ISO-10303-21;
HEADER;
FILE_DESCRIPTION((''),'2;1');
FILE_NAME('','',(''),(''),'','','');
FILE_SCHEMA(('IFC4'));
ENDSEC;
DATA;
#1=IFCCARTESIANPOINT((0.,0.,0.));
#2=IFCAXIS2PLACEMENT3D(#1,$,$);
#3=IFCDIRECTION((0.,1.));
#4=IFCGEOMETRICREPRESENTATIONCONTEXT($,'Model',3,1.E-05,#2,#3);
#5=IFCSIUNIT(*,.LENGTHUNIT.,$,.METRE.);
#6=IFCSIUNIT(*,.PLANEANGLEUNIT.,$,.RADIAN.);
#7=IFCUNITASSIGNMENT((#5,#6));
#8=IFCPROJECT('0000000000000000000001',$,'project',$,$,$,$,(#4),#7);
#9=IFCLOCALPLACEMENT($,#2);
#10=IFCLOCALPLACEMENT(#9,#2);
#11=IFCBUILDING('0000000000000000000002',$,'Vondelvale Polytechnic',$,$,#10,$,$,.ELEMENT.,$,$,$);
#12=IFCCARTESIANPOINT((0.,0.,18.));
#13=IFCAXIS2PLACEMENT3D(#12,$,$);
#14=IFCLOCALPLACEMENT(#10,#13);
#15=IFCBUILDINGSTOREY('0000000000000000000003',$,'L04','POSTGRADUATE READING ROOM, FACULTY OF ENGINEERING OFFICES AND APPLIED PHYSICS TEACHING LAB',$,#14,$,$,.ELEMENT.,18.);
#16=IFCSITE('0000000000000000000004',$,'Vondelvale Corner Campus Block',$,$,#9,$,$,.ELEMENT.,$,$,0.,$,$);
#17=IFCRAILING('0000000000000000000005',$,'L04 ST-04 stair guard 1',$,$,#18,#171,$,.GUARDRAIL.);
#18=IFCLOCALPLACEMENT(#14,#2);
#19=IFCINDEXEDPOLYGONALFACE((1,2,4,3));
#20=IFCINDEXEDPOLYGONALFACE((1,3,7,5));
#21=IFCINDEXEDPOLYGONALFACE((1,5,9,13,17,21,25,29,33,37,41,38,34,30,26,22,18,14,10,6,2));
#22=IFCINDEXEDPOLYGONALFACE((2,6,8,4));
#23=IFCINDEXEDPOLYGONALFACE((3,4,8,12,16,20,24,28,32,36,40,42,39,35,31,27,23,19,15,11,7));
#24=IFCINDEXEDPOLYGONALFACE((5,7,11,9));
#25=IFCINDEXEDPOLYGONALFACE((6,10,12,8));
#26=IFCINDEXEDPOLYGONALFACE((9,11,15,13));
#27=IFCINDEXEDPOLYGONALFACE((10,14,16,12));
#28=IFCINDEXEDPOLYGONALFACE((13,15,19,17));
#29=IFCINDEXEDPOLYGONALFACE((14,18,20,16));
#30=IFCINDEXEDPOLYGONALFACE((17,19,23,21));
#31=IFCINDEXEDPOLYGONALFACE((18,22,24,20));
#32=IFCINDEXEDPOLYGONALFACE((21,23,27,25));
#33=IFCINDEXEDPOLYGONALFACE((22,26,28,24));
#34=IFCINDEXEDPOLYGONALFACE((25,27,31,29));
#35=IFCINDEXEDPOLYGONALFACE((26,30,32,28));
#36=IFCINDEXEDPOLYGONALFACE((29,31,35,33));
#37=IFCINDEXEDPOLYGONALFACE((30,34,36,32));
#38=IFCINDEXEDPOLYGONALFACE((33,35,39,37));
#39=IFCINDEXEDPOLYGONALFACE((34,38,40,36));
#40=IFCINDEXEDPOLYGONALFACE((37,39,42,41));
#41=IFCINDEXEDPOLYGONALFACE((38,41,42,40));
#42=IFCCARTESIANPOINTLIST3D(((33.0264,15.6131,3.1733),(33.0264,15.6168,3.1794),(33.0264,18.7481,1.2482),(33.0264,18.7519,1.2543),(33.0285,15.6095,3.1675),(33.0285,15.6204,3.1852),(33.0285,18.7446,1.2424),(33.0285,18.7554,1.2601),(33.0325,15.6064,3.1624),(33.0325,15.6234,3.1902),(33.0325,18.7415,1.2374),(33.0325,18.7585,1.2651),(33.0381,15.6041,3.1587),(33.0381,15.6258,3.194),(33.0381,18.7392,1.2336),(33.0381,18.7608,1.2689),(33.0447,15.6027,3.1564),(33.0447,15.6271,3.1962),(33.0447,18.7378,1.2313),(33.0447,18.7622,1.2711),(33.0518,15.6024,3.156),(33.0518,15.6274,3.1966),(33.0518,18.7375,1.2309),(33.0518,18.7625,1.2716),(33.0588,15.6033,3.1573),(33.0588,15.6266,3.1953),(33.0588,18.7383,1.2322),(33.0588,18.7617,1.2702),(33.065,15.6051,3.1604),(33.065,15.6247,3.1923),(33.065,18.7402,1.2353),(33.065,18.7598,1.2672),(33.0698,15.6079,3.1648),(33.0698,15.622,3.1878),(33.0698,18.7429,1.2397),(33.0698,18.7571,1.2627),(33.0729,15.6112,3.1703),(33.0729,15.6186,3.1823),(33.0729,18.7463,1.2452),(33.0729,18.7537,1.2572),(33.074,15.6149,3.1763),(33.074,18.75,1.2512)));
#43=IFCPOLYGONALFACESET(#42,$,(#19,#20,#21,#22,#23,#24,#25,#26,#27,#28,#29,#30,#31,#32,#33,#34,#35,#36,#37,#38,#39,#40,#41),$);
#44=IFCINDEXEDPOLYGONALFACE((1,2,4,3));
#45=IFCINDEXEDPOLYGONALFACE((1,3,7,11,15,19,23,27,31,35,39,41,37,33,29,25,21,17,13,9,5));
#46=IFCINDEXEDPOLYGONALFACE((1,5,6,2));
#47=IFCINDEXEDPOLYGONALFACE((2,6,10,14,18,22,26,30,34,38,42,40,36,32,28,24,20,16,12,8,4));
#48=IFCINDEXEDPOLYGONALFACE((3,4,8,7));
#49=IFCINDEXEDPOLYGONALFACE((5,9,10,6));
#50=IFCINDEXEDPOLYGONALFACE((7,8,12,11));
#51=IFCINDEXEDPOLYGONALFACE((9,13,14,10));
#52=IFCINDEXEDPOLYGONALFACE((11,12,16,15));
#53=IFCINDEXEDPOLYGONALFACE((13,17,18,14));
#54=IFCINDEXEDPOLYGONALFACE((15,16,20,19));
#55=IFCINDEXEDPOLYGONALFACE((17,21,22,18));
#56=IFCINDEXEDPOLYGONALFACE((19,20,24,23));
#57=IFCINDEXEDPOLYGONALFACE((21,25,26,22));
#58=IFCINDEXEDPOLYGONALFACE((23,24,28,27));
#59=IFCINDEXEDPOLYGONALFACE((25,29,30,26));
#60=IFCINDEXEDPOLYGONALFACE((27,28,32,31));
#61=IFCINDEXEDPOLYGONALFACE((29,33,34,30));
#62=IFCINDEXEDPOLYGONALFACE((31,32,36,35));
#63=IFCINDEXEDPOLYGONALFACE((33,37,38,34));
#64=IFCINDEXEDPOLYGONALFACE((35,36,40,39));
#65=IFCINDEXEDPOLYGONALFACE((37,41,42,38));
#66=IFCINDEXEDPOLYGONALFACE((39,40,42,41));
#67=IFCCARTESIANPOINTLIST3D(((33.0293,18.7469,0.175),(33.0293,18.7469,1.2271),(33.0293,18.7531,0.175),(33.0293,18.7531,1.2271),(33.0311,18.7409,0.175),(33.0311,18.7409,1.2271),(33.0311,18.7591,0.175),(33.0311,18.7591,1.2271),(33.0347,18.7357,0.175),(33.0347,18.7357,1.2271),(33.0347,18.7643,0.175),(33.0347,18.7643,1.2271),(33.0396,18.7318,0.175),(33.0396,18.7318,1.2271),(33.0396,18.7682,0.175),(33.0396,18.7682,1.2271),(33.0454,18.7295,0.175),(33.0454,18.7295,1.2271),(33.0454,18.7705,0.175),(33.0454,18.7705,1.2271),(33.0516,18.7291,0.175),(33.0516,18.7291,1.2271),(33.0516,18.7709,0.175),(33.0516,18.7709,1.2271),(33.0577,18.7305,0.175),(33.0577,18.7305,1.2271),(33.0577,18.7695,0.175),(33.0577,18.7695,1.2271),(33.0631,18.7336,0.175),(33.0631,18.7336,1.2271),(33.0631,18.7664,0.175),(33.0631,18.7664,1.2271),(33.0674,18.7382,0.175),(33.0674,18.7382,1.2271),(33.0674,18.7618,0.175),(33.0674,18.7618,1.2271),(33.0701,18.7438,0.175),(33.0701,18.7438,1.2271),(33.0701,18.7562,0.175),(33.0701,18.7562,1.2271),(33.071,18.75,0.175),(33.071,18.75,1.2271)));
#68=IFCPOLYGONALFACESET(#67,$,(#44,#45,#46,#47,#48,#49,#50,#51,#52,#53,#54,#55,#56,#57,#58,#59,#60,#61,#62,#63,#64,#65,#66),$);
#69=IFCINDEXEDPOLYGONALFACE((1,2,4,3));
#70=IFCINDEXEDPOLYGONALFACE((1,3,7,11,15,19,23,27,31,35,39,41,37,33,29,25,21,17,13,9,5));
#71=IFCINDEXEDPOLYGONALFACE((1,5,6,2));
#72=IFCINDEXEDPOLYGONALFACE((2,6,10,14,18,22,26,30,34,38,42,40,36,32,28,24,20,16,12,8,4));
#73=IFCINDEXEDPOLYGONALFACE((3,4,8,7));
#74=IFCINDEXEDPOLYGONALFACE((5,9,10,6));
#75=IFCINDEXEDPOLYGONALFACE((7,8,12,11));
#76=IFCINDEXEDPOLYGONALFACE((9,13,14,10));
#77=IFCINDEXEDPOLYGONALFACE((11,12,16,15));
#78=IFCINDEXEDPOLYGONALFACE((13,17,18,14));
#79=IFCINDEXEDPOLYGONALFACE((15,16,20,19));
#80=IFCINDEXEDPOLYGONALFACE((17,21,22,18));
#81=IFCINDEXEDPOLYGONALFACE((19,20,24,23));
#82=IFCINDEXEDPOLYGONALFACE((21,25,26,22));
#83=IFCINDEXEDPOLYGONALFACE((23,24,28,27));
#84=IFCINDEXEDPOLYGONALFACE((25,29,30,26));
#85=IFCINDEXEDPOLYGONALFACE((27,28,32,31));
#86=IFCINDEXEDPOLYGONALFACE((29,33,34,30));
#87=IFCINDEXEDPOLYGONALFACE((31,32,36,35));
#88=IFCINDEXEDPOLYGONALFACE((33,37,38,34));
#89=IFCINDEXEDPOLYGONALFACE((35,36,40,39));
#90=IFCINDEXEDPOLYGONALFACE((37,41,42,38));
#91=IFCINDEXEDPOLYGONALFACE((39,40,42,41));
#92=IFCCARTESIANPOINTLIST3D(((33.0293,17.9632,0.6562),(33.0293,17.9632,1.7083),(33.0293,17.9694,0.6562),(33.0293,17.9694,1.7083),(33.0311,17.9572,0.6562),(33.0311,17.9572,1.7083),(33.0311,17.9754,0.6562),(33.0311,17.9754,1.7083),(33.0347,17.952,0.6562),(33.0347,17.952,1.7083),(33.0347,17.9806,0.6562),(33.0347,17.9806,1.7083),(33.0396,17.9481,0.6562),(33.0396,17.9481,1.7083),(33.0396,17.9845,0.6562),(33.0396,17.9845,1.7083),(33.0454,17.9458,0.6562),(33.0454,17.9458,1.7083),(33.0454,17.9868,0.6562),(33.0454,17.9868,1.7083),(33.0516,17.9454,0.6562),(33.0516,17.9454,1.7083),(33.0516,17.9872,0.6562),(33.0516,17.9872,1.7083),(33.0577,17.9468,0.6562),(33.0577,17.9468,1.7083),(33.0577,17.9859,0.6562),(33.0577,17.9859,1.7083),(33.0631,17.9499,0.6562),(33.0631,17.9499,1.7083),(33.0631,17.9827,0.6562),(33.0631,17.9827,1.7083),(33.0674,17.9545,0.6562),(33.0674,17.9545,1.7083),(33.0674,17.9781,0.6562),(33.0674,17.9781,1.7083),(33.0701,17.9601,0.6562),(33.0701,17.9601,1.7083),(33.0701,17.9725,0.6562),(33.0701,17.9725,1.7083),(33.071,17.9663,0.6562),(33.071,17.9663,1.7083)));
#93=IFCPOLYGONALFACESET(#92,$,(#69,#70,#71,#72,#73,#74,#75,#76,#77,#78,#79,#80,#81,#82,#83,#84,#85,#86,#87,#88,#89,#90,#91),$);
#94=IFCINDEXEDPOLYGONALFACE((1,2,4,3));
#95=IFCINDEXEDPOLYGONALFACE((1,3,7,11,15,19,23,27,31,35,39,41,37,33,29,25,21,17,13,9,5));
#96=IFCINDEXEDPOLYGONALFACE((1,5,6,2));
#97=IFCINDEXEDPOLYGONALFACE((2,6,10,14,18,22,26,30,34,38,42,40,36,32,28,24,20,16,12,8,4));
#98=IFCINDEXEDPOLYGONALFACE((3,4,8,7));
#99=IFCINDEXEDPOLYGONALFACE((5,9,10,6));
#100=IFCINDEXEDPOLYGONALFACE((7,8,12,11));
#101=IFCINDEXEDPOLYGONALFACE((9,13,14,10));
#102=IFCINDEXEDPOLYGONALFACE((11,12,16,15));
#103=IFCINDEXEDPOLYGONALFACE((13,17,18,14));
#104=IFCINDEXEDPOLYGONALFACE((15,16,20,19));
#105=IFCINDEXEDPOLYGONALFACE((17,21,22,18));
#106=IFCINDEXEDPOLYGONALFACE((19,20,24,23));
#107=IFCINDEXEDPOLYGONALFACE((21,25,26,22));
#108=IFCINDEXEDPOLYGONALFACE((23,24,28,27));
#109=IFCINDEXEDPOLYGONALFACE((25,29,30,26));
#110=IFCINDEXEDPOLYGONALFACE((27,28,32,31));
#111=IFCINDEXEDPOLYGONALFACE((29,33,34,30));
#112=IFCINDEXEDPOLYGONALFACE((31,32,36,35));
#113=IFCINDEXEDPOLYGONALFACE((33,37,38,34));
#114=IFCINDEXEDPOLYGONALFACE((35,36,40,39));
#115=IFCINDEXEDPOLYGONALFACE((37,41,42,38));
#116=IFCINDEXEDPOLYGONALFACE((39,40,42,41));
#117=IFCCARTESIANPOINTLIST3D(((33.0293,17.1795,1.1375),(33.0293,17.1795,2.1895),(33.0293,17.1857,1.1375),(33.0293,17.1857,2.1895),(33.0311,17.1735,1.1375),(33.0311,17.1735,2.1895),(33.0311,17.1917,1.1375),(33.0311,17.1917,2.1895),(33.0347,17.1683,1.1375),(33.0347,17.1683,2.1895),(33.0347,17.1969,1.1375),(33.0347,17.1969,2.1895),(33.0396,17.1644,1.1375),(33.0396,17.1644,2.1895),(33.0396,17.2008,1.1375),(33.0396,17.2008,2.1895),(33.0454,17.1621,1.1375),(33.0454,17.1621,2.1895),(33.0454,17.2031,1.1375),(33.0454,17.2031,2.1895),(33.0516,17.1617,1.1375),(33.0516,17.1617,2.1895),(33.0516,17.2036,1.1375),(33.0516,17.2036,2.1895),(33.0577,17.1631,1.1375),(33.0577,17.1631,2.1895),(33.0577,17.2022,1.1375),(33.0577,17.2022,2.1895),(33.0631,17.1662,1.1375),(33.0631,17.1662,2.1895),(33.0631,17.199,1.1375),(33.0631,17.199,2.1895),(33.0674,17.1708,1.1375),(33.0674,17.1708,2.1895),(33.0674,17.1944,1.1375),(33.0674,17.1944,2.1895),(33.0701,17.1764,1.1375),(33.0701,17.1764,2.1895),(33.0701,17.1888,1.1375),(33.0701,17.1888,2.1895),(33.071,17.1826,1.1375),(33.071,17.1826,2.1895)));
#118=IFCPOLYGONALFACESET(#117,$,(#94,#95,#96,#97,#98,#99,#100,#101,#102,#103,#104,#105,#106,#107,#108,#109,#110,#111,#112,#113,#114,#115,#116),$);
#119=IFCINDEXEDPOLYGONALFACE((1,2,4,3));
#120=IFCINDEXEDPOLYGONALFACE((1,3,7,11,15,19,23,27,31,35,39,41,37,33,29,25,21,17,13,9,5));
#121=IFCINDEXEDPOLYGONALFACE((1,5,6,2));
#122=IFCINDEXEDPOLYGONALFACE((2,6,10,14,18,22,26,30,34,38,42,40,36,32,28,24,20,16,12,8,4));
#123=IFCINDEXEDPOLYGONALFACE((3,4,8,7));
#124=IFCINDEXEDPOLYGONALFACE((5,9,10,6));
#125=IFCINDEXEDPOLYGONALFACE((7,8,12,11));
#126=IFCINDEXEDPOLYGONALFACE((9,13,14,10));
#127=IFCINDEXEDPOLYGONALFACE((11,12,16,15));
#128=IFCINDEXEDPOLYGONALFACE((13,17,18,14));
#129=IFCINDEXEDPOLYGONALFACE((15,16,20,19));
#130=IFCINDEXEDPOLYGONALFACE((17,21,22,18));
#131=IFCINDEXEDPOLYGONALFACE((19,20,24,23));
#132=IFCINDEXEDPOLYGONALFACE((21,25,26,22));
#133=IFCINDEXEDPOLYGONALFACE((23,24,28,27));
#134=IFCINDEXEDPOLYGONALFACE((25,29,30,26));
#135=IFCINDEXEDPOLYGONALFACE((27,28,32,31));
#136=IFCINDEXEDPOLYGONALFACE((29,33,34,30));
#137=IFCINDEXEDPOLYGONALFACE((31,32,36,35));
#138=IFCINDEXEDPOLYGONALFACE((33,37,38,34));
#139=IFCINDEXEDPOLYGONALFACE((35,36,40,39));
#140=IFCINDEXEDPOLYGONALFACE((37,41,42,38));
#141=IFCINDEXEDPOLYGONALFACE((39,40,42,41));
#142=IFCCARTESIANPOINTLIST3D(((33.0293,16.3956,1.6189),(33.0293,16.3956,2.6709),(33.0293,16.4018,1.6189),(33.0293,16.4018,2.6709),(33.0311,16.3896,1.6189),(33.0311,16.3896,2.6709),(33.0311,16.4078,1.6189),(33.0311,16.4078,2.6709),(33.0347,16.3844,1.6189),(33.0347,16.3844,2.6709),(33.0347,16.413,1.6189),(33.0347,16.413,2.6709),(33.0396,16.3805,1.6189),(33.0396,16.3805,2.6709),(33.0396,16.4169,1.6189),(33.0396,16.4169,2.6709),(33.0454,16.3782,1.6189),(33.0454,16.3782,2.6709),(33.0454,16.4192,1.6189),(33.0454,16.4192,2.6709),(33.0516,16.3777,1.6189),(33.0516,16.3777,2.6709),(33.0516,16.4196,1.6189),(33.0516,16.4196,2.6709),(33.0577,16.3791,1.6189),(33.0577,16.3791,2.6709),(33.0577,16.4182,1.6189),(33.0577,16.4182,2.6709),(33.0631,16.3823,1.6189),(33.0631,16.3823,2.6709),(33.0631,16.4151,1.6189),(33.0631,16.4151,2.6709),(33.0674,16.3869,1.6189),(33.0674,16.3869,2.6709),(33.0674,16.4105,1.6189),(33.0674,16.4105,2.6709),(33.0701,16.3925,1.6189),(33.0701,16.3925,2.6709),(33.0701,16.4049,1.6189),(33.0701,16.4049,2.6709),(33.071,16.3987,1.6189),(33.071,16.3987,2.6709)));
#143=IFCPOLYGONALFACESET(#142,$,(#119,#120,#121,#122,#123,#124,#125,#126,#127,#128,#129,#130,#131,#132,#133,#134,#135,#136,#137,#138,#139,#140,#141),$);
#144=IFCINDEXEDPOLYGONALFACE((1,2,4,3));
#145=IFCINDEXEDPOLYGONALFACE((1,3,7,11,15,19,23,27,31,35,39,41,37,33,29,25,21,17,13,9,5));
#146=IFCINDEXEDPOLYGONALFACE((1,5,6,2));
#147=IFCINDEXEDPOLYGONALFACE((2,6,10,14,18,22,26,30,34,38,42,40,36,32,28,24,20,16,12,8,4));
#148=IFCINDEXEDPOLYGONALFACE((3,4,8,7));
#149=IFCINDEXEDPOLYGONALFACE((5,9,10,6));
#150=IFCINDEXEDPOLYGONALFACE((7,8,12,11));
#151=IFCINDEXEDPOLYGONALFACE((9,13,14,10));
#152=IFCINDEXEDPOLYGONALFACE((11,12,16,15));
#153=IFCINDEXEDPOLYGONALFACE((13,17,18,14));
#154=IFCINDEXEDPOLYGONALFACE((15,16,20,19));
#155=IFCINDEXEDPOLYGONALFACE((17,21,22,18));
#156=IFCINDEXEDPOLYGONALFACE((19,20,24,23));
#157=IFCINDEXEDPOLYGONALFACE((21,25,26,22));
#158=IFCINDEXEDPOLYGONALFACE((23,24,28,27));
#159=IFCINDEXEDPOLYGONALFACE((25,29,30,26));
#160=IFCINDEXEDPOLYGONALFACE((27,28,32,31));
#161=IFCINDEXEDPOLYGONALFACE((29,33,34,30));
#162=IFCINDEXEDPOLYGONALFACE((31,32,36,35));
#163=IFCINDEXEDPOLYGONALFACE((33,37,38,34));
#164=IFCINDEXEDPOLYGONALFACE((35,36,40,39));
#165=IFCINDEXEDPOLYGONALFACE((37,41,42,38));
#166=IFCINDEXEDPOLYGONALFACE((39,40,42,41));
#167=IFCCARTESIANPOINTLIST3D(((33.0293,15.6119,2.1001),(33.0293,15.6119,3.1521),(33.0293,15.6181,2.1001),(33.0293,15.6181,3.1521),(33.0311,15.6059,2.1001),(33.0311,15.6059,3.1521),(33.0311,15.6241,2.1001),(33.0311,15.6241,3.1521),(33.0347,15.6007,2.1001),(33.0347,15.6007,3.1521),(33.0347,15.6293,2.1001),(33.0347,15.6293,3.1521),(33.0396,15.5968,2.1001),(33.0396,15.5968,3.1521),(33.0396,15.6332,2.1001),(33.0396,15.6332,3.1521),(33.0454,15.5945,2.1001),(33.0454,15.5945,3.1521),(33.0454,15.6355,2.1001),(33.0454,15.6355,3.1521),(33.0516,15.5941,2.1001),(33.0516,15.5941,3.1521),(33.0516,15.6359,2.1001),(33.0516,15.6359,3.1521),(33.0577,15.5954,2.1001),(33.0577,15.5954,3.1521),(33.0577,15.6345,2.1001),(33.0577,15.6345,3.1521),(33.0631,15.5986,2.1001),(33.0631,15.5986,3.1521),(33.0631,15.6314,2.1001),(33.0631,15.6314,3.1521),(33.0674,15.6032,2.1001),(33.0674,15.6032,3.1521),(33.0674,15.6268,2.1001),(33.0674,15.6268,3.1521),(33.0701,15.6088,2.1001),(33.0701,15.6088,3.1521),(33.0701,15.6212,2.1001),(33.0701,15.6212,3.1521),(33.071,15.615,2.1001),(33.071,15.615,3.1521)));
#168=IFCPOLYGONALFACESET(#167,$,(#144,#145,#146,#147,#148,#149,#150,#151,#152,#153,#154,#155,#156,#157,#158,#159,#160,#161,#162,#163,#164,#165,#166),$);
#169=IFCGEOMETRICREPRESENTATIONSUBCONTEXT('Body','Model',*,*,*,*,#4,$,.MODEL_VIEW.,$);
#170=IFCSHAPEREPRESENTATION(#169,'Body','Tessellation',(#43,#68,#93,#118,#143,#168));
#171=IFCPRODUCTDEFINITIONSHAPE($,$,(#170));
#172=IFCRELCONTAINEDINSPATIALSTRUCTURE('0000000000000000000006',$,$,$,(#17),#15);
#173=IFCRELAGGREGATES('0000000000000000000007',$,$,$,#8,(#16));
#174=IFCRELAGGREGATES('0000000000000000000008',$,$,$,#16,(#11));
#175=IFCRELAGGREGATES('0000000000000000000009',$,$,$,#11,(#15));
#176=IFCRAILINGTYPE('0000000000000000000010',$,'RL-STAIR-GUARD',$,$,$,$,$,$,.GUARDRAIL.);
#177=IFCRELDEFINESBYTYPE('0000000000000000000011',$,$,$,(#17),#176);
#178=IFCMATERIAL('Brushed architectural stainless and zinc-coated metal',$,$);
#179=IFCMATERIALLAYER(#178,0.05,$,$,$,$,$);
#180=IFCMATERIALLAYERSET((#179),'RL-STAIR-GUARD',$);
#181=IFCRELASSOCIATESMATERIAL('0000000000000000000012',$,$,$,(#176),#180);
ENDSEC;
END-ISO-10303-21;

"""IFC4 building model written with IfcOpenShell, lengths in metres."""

from ifc_helpers import new_model, si_unit, direction, frame, origin, origin_2d, place, context, subcontext, project, spatial, circle, extrude, material, layer, layer_set, type_object, element, save


model = new_model("IFC4")

# Units and contexts
model_context = context("Model", 3, precision=1e-05, world=origin(), true_north=direction((0.0, 1.0)))
body_context = subcontext(model_context, "Body", "Model", "MODEL_VIEW")
ifc_project = project(units=[si_unit("LENGTHUNIT", "METRE"), si_unit("PLANEANGLEUNIT", "RADIAN")], contexts=[model_context])

# Site, building, storey
site_placement = place(None, origin())
site = spatial("IfcSite", under=ifc_project, at=site_placement, Name="Vondelvale Corner Campus Block", CompositionType="ELEMENT", RefElevation=0.0)
building_placement = place(site_placement, origin())
building = spatial("IfcBuilding", under=site, at=building_placement, Name="Vondelvale Polytechnic", CompositionType="ELEMENT")
storey_placement = place(building_placement, frame((0.0, 0.0, 18.0)))
storey = spatial("IfcBuildingStorey", under=building, at=storey_placement, Name="L04", Description="POSTGRADUATE READING ROOM, FACULTY OF ENGINEERING OFFICES AND APPLIED PHYSICS TEACHING LAB", CompositionType="ELEMENT", Elevation=18.0)

# Shared definitions
ifc_material_1 = material(Name="Brushed architectural stainless and zinc-coated metal")

# Railing
ifc_layer_1 = layer(ifc_material_1, 0.05)
ifc_layer_set_1 = layer_set([ifc_layer_1], Name="RL-STAIR-GUARD")
railing_type_1 = type_object("IfcRailingType", Name="RL-STAIR-GUARD", PredefinedType="GUARDRAIL", material=ifc_layer_set_1)
railing_1_placement = place(storey_placement, frame((33.05, 18.75, 0.175)))
element("IfcRailing", 1, at=railing_1_placement, inside=storey, type_object=railing_type_1, Name="L04 ST-04 stair guard 1", PredefinedType="GUARDRAIL", context=body_context, shape_type="SweptSolid", body=[
    extrude(circle(Radius=0.0239, at=origin_2d()), frame((0.0, 0.0, 1.0762), z_axis=(0.0, -0.852166, 0.523271), x_axis=(1.0, 0.0, 0.0)), (0.0, 0.0, 1.0), 3.679),
    extrude(circle(Radius=0.021, at=origin_2d()), origin(), (0.0, 0.0, 1.0), 1.052),
    extrude(circle(Radius=0.021, at=origin_2d()), frame((0.0, -0.7837, 0.4812)), (0.0, 0.0, 1.0), 1.052),
    extrude(circle(Radius=0.021, at=origin_2d()), frame((0.0, -1.5674, 0.9624)), (0.0, 0.0, 1.0), 1.052),
    extrude(circle(Radius=0.021, at=origin_2d()), frame((0.0, -2.3513, 1.4438)), (0.0, 0.0, 1.0), 1.052),
    extrude(circle(Radius=0.021, at=origin_2d()), frame((0.0, -3.135, 1.925)), (0.0, 0.0, 1.0), 1.052),
])

save(model, "model.ifc")
